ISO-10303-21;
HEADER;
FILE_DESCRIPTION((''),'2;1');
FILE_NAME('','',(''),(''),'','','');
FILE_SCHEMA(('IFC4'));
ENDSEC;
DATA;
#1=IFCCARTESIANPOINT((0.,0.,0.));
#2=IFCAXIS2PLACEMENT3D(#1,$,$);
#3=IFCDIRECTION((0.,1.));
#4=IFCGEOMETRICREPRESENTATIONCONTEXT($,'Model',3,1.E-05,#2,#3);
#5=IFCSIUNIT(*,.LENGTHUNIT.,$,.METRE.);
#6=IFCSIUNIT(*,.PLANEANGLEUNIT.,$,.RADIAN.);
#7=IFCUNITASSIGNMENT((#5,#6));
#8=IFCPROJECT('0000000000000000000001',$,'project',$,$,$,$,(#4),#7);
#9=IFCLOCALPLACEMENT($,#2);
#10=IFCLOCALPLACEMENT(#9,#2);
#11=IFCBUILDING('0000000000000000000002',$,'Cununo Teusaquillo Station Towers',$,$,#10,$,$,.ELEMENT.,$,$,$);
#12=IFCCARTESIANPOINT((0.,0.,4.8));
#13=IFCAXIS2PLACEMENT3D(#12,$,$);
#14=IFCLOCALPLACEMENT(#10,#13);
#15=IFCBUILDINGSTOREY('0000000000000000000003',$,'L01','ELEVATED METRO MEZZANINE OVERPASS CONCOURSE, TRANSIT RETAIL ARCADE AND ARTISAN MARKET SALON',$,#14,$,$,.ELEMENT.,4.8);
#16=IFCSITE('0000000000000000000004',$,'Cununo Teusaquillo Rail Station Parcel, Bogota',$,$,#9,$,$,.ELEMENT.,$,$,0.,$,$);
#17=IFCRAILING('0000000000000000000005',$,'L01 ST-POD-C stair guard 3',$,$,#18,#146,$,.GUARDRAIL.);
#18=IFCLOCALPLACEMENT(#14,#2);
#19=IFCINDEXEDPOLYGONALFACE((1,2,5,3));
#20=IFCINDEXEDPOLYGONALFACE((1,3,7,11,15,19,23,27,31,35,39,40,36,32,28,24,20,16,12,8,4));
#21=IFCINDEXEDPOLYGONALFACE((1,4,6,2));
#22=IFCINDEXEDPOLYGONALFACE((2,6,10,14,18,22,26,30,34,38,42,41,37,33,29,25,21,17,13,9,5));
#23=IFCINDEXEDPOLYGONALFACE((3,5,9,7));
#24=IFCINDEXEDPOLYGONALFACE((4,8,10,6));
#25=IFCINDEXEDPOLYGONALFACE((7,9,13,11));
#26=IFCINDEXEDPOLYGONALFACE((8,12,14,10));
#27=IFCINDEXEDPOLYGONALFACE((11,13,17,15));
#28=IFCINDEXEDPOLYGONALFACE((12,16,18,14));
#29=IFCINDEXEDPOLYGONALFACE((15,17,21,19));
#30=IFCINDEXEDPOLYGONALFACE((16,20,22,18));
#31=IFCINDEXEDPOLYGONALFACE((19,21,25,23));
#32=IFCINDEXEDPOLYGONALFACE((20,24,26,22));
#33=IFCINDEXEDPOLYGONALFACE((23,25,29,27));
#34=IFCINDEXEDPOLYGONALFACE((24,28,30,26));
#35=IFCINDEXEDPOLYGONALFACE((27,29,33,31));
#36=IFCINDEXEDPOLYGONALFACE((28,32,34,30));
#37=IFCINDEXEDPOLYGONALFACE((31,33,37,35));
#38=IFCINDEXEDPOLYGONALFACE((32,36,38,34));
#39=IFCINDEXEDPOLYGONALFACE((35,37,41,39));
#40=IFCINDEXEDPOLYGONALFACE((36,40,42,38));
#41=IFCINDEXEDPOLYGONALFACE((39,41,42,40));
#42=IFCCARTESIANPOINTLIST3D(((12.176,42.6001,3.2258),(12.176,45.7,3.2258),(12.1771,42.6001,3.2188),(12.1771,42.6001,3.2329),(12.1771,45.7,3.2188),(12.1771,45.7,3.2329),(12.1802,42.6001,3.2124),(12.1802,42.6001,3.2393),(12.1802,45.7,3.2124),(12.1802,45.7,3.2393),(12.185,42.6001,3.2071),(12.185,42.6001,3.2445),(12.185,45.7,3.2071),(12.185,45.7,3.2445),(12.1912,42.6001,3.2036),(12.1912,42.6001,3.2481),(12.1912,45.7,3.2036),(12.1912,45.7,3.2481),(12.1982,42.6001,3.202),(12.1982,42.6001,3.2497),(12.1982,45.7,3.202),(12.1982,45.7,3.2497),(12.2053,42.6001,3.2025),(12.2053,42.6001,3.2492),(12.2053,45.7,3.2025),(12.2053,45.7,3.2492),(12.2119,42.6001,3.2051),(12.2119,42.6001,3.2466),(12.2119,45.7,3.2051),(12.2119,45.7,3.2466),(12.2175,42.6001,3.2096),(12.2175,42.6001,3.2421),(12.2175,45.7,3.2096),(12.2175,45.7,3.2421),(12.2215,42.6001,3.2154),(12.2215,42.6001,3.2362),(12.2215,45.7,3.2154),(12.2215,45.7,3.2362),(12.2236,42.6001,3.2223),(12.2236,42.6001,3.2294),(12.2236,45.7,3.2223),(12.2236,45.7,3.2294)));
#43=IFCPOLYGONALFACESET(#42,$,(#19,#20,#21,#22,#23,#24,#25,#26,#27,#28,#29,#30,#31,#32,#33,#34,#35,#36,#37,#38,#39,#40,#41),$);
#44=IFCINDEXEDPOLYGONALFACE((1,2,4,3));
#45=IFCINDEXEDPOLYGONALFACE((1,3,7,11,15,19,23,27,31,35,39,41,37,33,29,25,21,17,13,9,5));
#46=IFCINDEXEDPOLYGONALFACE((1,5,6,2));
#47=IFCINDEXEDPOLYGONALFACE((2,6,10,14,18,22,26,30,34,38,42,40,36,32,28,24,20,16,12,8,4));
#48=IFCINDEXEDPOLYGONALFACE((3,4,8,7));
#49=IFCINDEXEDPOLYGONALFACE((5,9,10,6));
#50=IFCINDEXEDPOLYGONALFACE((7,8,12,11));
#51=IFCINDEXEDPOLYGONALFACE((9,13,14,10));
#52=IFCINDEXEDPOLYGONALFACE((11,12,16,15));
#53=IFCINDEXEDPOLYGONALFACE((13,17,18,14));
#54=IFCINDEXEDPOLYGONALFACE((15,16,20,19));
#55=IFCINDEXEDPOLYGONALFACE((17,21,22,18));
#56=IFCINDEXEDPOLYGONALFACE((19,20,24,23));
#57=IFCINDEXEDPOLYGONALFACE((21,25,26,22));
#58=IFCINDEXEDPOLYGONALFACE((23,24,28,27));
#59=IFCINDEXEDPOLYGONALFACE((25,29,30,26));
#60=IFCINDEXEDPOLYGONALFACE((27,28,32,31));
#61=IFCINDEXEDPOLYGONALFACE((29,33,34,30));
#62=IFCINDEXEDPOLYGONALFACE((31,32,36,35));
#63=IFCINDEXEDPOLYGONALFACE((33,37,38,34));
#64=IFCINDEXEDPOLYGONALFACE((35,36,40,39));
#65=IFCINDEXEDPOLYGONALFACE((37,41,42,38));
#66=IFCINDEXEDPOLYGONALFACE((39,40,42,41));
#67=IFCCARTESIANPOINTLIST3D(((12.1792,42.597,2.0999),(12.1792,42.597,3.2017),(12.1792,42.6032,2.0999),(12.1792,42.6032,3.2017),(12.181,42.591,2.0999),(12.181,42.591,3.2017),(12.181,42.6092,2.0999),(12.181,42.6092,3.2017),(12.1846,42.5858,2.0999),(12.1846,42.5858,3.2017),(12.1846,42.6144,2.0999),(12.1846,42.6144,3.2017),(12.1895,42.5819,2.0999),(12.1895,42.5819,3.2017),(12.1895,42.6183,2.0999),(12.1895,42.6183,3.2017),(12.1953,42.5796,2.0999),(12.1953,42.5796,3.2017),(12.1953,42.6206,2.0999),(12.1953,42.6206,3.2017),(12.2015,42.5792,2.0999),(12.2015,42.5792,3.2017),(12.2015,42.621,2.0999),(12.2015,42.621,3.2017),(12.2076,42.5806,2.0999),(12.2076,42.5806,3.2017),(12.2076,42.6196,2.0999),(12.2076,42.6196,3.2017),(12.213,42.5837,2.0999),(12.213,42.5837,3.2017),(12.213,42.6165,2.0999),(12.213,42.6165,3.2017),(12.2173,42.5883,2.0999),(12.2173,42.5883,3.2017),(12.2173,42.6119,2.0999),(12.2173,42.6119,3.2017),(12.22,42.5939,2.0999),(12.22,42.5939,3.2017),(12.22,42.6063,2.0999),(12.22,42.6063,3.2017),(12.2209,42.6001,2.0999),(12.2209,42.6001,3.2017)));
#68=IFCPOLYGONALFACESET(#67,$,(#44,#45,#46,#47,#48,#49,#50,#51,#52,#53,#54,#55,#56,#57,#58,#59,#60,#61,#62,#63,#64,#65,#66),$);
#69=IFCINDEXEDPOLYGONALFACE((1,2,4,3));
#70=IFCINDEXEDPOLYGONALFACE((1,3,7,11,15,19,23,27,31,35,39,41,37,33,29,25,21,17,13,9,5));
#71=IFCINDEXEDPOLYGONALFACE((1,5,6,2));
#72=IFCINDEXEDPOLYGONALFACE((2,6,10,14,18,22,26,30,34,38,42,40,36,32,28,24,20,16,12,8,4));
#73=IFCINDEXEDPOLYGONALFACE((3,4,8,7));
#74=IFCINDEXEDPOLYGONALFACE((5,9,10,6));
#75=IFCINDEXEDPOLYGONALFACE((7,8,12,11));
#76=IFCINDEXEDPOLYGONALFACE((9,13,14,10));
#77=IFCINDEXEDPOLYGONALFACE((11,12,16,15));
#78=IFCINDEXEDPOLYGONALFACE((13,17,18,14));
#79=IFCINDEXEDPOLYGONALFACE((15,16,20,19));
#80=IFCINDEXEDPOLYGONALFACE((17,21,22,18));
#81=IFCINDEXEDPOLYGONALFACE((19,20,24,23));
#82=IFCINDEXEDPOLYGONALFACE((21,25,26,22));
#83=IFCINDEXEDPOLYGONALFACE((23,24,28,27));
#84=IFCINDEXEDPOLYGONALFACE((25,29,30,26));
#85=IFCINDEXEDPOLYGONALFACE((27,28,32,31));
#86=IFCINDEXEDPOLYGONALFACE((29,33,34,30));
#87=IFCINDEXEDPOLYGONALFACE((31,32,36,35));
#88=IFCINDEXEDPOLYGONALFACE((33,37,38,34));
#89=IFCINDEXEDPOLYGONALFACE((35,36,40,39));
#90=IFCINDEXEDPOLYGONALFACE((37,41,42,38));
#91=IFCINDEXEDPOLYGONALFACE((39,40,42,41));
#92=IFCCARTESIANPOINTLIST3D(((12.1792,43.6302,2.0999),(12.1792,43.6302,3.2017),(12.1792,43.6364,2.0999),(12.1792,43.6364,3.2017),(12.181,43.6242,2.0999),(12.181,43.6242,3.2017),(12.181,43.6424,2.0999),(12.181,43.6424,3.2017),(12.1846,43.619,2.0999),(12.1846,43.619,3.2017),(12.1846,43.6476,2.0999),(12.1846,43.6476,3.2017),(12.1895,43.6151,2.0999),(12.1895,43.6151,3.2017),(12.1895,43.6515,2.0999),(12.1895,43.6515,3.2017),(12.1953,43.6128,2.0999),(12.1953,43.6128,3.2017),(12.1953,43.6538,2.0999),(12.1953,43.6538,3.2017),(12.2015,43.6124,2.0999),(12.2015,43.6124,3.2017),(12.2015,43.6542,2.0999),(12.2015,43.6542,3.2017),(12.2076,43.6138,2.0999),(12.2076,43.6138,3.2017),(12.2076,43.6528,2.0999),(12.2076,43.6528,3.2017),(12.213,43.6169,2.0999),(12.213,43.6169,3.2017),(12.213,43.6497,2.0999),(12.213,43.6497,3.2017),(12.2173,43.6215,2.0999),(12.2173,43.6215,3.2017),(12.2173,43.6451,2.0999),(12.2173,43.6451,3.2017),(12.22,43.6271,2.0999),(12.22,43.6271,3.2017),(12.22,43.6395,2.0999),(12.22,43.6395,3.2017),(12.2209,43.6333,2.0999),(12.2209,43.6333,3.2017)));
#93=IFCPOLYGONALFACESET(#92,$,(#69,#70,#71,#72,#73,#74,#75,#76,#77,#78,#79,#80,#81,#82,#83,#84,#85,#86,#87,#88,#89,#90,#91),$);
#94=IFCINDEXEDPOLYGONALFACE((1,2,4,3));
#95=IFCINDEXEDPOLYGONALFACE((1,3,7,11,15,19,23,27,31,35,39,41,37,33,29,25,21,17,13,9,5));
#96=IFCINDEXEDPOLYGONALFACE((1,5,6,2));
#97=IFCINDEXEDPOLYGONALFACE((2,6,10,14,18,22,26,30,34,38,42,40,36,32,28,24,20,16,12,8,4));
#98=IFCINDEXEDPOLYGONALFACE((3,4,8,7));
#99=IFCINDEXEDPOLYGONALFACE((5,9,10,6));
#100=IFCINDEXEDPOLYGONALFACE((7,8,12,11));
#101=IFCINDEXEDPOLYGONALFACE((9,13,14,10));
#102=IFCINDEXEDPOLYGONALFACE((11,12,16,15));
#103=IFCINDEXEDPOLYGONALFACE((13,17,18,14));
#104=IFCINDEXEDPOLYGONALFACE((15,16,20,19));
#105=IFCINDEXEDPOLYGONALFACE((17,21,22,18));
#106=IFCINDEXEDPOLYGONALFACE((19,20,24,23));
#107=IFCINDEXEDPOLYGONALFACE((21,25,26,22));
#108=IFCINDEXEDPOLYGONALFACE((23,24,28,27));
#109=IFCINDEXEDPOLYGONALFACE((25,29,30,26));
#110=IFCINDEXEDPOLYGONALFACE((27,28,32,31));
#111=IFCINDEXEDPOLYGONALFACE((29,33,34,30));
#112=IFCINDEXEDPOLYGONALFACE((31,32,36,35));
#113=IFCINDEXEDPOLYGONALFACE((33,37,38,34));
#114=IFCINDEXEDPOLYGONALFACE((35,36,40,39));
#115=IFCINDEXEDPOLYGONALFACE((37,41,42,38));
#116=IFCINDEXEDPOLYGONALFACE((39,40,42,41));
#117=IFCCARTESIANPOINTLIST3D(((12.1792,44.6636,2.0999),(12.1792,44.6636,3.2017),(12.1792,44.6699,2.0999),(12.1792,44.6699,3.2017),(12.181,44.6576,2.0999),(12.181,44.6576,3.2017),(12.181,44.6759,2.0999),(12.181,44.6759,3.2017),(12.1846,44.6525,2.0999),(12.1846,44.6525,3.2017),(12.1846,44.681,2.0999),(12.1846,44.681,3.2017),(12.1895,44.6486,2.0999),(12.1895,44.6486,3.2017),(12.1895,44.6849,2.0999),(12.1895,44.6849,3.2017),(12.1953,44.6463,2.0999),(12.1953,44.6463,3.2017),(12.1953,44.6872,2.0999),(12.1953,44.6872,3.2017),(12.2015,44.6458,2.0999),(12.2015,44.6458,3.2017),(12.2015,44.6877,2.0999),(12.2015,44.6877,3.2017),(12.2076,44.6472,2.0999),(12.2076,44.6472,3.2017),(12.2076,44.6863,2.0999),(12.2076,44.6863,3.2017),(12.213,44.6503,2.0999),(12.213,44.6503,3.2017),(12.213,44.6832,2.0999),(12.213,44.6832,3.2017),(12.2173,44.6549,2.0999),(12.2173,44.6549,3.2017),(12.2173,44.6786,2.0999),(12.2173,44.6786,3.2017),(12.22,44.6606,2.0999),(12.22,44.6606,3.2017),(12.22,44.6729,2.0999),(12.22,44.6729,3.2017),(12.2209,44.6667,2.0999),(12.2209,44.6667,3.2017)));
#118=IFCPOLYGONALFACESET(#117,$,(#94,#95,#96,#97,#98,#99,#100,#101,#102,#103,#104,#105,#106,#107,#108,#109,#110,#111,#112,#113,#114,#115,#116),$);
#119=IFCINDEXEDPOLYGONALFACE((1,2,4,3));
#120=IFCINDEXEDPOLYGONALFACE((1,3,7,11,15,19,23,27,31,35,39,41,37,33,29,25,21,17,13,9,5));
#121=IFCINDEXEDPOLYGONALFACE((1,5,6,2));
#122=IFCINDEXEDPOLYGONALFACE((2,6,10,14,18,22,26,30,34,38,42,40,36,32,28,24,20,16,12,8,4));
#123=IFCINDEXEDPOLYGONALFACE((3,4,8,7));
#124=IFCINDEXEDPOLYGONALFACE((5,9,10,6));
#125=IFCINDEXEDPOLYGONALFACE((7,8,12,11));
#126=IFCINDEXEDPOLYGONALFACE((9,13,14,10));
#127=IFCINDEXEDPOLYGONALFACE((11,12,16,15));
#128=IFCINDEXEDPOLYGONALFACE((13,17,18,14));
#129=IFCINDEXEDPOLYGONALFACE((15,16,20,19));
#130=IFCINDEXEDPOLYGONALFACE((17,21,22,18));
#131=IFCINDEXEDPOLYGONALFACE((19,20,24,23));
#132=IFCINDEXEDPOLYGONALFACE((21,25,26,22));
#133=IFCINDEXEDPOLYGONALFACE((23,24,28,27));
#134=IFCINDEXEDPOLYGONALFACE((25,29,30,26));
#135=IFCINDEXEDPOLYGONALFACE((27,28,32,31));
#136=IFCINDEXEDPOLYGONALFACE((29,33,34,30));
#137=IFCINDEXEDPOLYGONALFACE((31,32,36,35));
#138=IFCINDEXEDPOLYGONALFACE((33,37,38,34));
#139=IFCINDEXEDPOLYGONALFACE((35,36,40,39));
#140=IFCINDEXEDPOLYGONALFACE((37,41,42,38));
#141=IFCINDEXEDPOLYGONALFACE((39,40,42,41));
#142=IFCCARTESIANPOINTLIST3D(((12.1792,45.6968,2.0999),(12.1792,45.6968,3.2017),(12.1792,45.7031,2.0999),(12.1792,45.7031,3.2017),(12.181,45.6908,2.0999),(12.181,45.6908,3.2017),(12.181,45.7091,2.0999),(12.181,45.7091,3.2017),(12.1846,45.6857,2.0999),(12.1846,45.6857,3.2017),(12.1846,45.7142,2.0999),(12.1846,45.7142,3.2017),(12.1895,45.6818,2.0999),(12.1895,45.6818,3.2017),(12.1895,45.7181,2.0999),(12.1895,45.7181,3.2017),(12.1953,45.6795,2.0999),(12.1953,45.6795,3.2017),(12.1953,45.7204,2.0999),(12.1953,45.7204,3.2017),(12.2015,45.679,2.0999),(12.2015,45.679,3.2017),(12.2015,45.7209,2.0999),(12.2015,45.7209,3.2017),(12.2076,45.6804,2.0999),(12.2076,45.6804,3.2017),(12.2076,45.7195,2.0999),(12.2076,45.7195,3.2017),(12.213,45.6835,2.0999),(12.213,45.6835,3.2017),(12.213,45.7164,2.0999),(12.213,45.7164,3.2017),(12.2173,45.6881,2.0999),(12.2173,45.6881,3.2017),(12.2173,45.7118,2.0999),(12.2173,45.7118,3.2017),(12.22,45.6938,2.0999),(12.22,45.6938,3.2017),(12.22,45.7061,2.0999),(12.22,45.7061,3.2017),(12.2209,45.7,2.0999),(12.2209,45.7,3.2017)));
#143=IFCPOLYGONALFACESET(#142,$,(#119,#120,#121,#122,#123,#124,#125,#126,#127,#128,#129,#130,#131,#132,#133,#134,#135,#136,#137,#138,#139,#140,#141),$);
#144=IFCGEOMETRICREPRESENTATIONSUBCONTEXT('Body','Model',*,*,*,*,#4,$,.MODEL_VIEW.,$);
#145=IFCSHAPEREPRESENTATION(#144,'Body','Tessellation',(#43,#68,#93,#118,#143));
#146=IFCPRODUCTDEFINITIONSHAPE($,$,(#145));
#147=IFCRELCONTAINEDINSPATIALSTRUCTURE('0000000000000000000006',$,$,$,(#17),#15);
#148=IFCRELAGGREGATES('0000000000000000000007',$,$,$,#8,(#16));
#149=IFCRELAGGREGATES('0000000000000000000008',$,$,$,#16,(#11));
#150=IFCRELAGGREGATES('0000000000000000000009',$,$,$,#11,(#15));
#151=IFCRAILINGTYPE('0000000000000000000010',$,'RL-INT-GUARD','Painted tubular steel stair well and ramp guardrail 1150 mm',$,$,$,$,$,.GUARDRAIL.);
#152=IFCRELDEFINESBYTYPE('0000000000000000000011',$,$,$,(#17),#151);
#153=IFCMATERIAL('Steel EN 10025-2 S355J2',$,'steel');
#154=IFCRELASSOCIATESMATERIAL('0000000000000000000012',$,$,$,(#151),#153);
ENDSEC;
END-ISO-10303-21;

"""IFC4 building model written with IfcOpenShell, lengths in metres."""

from ifc_helpers import new_model, si_unit, direction, frame, origin, origin_2d, place, context, subcontext, project, spatial, circle, extrude, material, type_object, element, save


model = new_model("IFC4")

# Units and contexts
model_context = context("Model", 3, precision=1e-05, world=origin(), true_north=direction((0.0, 1.0)))
body_context = subcontext(model_context, "Body", "Model", "MODEL_VIEW")
ifc_project = project(units=[si_unit("LENGTHUNIT", "METRE"), si_unit("PLANEANGLEUNIT", "RADIAN")], contexts=[model_context])

# Site, building, storey
site_placement = place(None, origin())
site = spatial("IfcSite", under=ifc_project, at=site_placement, Name="Cununo Teusaquillo Rail Station Parcel, Bogota", CompositionType="ELEMENT", RefElevation=0.0)
building_placement = place(site_placement, origin())
building = spatial("IfcBuilding", under=site, at=building_placement, Name="Cununo Teusaquillo Station Towers", CompositionType="ELEMENT")
storey_placement = place(building_placement, frame((0.0, 0.0, 4.8)))
storey = spatial("IfcBuildingStorey", under=building, at=storey_placement, Name="L01", Description="ELEVATED METRO MEZZANINE OVERPASS CONCOURSE, TRANSIT RETAIL ARCADE AND ARTISAN MARKET SALON", CompositionType="ELEMENT", Elevation=4.8)

# Railing
ifc_material_1 = material(Name="Steel EN 10025-2 S355J2", Category="steel")
railing_type = type_object("IfcRailingType", Name="RL-INT-GUARD", Description="Painted tubular steel stair well and ramp guardrail 1150 mm", PredefinedType="GUARDRAIL", material=ifc_material_1)
railing_1_placement = place(storey_placement, frame((12.2, 42.6001, 2.0999)))
element("IfcRailing", 1, at=railing_1_placement, inside=storey, type_object=railing_type, Name="L01 ST-POD-C stair guard 3", PredefinedType="GUARDRAIL", context=body_context, shape_type="SweptSolid", body=[
    extrude(circle(Radius=0.0239, at=origin_2d()), frame((0.0, 0.0, 1.126), z_axis=(0.0, 1.0, 0.0), x_axis=(-1.0, 0.0, 0.0)), (0.0, 0.0, 1.0), 3.0999),
    extrude(circle(Radius=0.021, at=origin_2d()), origin(), (0.0, 0.0, 1.0), 1.1018),
    extrude(circle(Radius=0.021, at=origin_2d()), frame((0.0, 1.0332, 0.0)), (0.0, 0.0, 1.0), 1.1018),
    extrude(circle(Radius=0.021, at=origin_2d()), frame((0.0, 2.0667, 0.0)), (0.0, 0.0, 1.0), 1.1018),
    extrude(circle(Radius=0.021, at=origin_2d()), frame((0.0, 3.0999, 0.0)), (0.0, 0.0, 1.0), 1.1018),
])

save(model, "model.ifc")
